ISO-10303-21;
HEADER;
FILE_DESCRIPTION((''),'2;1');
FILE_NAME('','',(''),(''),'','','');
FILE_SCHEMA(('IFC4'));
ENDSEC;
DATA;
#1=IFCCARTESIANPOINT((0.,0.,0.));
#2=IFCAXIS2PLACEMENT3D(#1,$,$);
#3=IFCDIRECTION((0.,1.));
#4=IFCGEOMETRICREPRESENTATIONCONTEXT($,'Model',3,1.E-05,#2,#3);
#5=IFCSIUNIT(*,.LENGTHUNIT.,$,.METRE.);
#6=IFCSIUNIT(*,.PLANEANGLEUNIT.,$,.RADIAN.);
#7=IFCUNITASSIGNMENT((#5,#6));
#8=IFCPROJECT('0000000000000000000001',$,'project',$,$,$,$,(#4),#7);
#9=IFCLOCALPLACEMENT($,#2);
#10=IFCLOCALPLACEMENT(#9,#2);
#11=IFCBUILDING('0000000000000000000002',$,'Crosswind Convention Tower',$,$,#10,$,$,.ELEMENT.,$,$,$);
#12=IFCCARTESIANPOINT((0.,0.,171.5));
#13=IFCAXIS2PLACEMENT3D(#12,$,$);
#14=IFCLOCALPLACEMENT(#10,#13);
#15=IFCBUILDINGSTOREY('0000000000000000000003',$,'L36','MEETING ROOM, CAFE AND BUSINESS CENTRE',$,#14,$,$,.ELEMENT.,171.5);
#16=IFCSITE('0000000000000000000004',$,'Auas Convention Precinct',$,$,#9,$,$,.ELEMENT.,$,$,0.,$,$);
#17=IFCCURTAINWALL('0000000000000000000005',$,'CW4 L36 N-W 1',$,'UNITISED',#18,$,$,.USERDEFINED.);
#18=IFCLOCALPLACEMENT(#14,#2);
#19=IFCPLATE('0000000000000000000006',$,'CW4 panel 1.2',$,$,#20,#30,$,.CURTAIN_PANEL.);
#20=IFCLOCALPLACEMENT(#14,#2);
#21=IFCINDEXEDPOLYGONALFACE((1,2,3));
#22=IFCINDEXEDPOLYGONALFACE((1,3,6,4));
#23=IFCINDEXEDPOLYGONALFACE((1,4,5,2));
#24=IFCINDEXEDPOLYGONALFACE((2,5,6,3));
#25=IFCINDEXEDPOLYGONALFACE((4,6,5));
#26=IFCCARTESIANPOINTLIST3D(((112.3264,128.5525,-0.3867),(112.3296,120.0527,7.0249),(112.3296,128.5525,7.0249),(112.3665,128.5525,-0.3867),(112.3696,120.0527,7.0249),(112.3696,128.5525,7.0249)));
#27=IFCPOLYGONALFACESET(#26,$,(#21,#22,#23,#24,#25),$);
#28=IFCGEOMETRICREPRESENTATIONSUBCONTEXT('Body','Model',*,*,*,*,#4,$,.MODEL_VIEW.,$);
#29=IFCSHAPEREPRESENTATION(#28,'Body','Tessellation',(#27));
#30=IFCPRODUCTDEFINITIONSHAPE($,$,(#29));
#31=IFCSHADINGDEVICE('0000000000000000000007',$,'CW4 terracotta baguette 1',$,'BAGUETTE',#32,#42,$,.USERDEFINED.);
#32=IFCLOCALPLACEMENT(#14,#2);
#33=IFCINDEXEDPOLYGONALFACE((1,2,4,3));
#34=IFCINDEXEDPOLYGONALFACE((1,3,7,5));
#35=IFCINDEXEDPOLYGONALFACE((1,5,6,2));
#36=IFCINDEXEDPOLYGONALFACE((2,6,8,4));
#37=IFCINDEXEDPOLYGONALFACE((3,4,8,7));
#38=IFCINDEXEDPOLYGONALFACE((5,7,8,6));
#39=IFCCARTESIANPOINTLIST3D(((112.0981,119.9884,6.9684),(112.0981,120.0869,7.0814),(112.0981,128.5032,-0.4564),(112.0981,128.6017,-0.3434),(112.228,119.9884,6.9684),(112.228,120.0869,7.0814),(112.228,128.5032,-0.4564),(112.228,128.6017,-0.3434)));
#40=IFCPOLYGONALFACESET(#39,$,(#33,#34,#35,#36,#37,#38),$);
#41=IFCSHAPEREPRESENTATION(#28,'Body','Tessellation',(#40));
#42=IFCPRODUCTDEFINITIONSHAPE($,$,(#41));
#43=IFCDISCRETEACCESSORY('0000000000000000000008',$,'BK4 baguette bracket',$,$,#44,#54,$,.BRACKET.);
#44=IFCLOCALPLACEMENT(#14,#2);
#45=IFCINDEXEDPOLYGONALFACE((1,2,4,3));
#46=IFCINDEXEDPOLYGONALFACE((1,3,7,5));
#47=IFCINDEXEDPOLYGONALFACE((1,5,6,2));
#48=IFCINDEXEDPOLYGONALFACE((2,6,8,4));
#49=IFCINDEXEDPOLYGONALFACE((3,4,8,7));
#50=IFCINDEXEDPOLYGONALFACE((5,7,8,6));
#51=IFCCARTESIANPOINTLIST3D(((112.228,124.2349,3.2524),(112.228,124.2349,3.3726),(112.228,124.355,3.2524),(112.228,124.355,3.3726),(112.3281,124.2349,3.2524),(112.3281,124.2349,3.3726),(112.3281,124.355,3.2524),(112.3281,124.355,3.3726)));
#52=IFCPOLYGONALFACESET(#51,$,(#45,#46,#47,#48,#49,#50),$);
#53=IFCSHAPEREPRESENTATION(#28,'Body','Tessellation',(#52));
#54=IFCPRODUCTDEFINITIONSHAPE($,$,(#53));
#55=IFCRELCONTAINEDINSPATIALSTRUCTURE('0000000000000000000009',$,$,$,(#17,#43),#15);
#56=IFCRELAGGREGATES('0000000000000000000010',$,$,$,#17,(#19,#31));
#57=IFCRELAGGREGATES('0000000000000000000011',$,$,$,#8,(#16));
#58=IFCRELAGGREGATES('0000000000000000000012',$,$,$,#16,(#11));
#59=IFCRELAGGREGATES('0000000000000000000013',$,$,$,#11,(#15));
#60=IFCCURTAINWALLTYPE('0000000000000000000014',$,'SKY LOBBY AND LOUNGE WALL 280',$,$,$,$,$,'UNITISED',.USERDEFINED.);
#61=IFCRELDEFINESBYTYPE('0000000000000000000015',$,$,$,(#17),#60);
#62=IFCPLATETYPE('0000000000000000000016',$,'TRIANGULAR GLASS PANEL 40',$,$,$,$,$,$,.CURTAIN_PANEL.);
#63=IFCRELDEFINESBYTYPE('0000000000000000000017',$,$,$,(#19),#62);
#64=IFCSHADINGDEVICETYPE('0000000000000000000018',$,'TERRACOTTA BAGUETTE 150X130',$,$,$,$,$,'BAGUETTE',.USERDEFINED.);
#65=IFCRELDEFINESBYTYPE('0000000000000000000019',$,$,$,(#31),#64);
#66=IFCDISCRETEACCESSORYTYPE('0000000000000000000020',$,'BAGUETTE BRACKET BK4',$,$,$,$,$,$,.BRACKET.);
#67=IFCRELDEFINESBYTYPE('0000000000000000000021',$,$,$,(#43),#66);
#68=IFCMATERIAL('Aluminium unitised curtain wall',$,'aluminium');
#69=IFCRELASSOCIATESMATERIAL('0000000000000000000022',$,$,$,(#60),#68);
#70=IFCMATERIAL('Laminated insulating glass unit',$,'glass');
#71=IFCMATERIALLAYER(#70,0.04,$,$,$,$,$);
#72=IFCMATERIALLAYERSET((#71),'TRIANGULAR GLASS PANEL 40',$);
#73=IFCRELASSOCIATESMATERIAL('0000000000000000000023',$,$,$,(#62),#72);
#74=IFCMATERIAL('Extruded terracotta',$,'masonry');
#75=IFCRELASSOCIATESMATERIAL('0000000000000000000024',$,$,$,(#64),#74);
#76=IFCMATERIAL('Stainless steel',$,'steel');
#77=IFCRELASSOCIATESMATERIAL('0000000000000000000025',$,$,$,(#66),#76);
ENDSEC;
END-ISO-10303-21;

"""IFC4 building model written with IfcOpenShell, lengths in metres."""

from ifc_helpers import new_model, si_unit, direction, frame, origin, origin_2d, place, context, subcontext, project, spatial, polyline, rectangle, outline, extrude, material, layer, layer_set, material_profile, profile_set, type_object, element, aggregate, save


model = new_model("IFC4")

# Units and contexts
model_context = context("Model", 3, precision=1e-05, world=origin(), true_north=direction((0.0, 1.0)))
body_context = subcontext(model_context, "Body", "Model", "MODEL_VIEW")
ifc_project = project(units=[si_unit("LENGTHUNIT", "METRE"), si_unit("PLANEANGLEUNIT", "RADIAN")], contexts=[model_context])

# Site, building, storey
site_placement = place(None, origin())
site = spatial("IfcSite", under=ifc_project, at=site_placement, Name="Auas Convention Precinct", CompositionType="ELEMENT", RefElevation=0.0)
building_placement = place(site_placement, origin())
building = spatial("IfcBuilding", under=site, at=building_placement, Name="Crosswind Convention Tower", CompositionType="ELEMENT")
storey_placement = place(building_placement, frame((0.0, 0.0, 171.5)))
storey = spatial("IfcBuildingStorey", under=building, at=storey_placement, Name="L36", Description="MEETING ROOM, CAFE AND BUSINESS CENTRE", CompositionType="ELEMENT", Elevation=171.5)

# Shared definitions
ifc_material_1 = material(Name="Aluminium unitised curtain wall", Category="aluminium")
curtain_wall_type = type_object("IfcCurtainWallType", Name="SKY LOBBY AND LOUNGE WALL 280", ElementType="UNITISED", PredefinedType="USERDEFINED", material=ifc_material_1)

# Curtain wall
curtain_wall_1_placement = place(storey_placement, origin())
curtain_wall_1 = element("IfcCurtainWall", 1, at=curtain_wall_1_placement, inside=storey, type_object=curtain_wall_type, Name="CW4 L36 N-W 1", ObjectType="UNITISED", PredefinedType="USERDEFINED")

# Plate
ifc_material_2 = material(Name="Laminated insulating glass unit", Category="glass")
ifc_layer_1 = layer(ifc_material_2, 0.04)
ifc_layer_set_1 = layer_set([ifc_layer_1], Name="TRIANGULAR GLASS PANEL 40")
plate_type = type_object("IfcPlateType", Name="TRIANGULAR GLASS PANEL 40", PredefinedType="CURTAIN_PANEL", material=ifc_layer_set_1)
plate_1_placement = place(storey_placement, frame((112.3296, 128.5525, 7.0249), z_axis=(-1.0, 0.0, 0.000428), x_axis=(-0.000428, 0.0, -1.0)))
plate_1 = element("IfcPlate", 2, at=plate_1_placement, type_object=plate_type, Name="CW4 panel 1.2", PredefinedType="CURTAIN_PANEL", context=body_context, shape_type="SweptSolid", body=[
    extrude(outline(polyline([(0.0, 0.0), (7.4116, 0.0), (0.0, 8.4998), (0.0, 0.0)])), origin(), (0.0, 0.0, -1.0), 0.04),
])

# Shading device
ifc_material_3 = material(Name="Extruded terracotta", Category="masonry")
ifc_material_profile_1 = material_profile(ifc_material_3, rectangle(XDim=0.1299, YDim=0.1499, at=origin_2d()), Name="TC 130X150")
ifc_profile_set_1 = profile_set([ifc_material_profile_1], Name="Extruded terracotta")
shading_device_type = type_object("IfcShadingDeviceType", Name="TERRACOTTA BAGUETTE 150X130", ElementType="BAGUETTE", PredefinedType="USERDEFINED", material=ifc_profile_set_1)
shading_device_placement = place(storey_placement, frame((112.1631, 128.5525, -0.3999), z_axis=(0.0, -0.753704, 0.657214), x_axis=(1.0, 0.0, 0.0)))
shading_device = element("IfcShadingDevice", 3, at=shading_device_placement, type_object=shading_device_type, Name="CW4 terracotta baguette 1", ObjectType="BAGUETTE", PredefinedType="USERDEFINED", context=body_context, shape_type="SweptSolid", body=[
    extrude(rectangle(XDim=0.1299, YDim=0.1499, at=origin_2d()), origin(), (0.0, 0.0, 1.0), 11.2974),
])
aggregate(curtain_wall_1, [plate_1, shading_device])

# Discrete accessory
ifc_material_4 = material(Name="Stainless steel", Category="steel")
discrete_accessory_type = type_object("IfcDiscreteAccessoryType", Name="BAGUETTE BRACKET BK4", PredefinedType="BRACKET", material=ifc_material_4)
discrete_accessory_placement = place(storey_placement, frame((112.2781, 124.2949, 3.2524), z_axis=(0.0, 0.0, 1.0), x_axis=(0.0, -1.0, 0.0)))
element("IfcDiscreteAccessory", 4, at=discrete_accessory_placement, inside=storey, type_object=discrete_accessory_type, Name="BK4 baguette bracket", PredefinedType="BRACKET", context=body_context, shape_type="SweptSolid", body=[
    extrude(rectangle(XDim=0.1201, YDim=0.1001, at=origin_2d()), origin(), (0.0, 0.0, 1.0), 0.1201),
])

save(model, "model.ifc")
